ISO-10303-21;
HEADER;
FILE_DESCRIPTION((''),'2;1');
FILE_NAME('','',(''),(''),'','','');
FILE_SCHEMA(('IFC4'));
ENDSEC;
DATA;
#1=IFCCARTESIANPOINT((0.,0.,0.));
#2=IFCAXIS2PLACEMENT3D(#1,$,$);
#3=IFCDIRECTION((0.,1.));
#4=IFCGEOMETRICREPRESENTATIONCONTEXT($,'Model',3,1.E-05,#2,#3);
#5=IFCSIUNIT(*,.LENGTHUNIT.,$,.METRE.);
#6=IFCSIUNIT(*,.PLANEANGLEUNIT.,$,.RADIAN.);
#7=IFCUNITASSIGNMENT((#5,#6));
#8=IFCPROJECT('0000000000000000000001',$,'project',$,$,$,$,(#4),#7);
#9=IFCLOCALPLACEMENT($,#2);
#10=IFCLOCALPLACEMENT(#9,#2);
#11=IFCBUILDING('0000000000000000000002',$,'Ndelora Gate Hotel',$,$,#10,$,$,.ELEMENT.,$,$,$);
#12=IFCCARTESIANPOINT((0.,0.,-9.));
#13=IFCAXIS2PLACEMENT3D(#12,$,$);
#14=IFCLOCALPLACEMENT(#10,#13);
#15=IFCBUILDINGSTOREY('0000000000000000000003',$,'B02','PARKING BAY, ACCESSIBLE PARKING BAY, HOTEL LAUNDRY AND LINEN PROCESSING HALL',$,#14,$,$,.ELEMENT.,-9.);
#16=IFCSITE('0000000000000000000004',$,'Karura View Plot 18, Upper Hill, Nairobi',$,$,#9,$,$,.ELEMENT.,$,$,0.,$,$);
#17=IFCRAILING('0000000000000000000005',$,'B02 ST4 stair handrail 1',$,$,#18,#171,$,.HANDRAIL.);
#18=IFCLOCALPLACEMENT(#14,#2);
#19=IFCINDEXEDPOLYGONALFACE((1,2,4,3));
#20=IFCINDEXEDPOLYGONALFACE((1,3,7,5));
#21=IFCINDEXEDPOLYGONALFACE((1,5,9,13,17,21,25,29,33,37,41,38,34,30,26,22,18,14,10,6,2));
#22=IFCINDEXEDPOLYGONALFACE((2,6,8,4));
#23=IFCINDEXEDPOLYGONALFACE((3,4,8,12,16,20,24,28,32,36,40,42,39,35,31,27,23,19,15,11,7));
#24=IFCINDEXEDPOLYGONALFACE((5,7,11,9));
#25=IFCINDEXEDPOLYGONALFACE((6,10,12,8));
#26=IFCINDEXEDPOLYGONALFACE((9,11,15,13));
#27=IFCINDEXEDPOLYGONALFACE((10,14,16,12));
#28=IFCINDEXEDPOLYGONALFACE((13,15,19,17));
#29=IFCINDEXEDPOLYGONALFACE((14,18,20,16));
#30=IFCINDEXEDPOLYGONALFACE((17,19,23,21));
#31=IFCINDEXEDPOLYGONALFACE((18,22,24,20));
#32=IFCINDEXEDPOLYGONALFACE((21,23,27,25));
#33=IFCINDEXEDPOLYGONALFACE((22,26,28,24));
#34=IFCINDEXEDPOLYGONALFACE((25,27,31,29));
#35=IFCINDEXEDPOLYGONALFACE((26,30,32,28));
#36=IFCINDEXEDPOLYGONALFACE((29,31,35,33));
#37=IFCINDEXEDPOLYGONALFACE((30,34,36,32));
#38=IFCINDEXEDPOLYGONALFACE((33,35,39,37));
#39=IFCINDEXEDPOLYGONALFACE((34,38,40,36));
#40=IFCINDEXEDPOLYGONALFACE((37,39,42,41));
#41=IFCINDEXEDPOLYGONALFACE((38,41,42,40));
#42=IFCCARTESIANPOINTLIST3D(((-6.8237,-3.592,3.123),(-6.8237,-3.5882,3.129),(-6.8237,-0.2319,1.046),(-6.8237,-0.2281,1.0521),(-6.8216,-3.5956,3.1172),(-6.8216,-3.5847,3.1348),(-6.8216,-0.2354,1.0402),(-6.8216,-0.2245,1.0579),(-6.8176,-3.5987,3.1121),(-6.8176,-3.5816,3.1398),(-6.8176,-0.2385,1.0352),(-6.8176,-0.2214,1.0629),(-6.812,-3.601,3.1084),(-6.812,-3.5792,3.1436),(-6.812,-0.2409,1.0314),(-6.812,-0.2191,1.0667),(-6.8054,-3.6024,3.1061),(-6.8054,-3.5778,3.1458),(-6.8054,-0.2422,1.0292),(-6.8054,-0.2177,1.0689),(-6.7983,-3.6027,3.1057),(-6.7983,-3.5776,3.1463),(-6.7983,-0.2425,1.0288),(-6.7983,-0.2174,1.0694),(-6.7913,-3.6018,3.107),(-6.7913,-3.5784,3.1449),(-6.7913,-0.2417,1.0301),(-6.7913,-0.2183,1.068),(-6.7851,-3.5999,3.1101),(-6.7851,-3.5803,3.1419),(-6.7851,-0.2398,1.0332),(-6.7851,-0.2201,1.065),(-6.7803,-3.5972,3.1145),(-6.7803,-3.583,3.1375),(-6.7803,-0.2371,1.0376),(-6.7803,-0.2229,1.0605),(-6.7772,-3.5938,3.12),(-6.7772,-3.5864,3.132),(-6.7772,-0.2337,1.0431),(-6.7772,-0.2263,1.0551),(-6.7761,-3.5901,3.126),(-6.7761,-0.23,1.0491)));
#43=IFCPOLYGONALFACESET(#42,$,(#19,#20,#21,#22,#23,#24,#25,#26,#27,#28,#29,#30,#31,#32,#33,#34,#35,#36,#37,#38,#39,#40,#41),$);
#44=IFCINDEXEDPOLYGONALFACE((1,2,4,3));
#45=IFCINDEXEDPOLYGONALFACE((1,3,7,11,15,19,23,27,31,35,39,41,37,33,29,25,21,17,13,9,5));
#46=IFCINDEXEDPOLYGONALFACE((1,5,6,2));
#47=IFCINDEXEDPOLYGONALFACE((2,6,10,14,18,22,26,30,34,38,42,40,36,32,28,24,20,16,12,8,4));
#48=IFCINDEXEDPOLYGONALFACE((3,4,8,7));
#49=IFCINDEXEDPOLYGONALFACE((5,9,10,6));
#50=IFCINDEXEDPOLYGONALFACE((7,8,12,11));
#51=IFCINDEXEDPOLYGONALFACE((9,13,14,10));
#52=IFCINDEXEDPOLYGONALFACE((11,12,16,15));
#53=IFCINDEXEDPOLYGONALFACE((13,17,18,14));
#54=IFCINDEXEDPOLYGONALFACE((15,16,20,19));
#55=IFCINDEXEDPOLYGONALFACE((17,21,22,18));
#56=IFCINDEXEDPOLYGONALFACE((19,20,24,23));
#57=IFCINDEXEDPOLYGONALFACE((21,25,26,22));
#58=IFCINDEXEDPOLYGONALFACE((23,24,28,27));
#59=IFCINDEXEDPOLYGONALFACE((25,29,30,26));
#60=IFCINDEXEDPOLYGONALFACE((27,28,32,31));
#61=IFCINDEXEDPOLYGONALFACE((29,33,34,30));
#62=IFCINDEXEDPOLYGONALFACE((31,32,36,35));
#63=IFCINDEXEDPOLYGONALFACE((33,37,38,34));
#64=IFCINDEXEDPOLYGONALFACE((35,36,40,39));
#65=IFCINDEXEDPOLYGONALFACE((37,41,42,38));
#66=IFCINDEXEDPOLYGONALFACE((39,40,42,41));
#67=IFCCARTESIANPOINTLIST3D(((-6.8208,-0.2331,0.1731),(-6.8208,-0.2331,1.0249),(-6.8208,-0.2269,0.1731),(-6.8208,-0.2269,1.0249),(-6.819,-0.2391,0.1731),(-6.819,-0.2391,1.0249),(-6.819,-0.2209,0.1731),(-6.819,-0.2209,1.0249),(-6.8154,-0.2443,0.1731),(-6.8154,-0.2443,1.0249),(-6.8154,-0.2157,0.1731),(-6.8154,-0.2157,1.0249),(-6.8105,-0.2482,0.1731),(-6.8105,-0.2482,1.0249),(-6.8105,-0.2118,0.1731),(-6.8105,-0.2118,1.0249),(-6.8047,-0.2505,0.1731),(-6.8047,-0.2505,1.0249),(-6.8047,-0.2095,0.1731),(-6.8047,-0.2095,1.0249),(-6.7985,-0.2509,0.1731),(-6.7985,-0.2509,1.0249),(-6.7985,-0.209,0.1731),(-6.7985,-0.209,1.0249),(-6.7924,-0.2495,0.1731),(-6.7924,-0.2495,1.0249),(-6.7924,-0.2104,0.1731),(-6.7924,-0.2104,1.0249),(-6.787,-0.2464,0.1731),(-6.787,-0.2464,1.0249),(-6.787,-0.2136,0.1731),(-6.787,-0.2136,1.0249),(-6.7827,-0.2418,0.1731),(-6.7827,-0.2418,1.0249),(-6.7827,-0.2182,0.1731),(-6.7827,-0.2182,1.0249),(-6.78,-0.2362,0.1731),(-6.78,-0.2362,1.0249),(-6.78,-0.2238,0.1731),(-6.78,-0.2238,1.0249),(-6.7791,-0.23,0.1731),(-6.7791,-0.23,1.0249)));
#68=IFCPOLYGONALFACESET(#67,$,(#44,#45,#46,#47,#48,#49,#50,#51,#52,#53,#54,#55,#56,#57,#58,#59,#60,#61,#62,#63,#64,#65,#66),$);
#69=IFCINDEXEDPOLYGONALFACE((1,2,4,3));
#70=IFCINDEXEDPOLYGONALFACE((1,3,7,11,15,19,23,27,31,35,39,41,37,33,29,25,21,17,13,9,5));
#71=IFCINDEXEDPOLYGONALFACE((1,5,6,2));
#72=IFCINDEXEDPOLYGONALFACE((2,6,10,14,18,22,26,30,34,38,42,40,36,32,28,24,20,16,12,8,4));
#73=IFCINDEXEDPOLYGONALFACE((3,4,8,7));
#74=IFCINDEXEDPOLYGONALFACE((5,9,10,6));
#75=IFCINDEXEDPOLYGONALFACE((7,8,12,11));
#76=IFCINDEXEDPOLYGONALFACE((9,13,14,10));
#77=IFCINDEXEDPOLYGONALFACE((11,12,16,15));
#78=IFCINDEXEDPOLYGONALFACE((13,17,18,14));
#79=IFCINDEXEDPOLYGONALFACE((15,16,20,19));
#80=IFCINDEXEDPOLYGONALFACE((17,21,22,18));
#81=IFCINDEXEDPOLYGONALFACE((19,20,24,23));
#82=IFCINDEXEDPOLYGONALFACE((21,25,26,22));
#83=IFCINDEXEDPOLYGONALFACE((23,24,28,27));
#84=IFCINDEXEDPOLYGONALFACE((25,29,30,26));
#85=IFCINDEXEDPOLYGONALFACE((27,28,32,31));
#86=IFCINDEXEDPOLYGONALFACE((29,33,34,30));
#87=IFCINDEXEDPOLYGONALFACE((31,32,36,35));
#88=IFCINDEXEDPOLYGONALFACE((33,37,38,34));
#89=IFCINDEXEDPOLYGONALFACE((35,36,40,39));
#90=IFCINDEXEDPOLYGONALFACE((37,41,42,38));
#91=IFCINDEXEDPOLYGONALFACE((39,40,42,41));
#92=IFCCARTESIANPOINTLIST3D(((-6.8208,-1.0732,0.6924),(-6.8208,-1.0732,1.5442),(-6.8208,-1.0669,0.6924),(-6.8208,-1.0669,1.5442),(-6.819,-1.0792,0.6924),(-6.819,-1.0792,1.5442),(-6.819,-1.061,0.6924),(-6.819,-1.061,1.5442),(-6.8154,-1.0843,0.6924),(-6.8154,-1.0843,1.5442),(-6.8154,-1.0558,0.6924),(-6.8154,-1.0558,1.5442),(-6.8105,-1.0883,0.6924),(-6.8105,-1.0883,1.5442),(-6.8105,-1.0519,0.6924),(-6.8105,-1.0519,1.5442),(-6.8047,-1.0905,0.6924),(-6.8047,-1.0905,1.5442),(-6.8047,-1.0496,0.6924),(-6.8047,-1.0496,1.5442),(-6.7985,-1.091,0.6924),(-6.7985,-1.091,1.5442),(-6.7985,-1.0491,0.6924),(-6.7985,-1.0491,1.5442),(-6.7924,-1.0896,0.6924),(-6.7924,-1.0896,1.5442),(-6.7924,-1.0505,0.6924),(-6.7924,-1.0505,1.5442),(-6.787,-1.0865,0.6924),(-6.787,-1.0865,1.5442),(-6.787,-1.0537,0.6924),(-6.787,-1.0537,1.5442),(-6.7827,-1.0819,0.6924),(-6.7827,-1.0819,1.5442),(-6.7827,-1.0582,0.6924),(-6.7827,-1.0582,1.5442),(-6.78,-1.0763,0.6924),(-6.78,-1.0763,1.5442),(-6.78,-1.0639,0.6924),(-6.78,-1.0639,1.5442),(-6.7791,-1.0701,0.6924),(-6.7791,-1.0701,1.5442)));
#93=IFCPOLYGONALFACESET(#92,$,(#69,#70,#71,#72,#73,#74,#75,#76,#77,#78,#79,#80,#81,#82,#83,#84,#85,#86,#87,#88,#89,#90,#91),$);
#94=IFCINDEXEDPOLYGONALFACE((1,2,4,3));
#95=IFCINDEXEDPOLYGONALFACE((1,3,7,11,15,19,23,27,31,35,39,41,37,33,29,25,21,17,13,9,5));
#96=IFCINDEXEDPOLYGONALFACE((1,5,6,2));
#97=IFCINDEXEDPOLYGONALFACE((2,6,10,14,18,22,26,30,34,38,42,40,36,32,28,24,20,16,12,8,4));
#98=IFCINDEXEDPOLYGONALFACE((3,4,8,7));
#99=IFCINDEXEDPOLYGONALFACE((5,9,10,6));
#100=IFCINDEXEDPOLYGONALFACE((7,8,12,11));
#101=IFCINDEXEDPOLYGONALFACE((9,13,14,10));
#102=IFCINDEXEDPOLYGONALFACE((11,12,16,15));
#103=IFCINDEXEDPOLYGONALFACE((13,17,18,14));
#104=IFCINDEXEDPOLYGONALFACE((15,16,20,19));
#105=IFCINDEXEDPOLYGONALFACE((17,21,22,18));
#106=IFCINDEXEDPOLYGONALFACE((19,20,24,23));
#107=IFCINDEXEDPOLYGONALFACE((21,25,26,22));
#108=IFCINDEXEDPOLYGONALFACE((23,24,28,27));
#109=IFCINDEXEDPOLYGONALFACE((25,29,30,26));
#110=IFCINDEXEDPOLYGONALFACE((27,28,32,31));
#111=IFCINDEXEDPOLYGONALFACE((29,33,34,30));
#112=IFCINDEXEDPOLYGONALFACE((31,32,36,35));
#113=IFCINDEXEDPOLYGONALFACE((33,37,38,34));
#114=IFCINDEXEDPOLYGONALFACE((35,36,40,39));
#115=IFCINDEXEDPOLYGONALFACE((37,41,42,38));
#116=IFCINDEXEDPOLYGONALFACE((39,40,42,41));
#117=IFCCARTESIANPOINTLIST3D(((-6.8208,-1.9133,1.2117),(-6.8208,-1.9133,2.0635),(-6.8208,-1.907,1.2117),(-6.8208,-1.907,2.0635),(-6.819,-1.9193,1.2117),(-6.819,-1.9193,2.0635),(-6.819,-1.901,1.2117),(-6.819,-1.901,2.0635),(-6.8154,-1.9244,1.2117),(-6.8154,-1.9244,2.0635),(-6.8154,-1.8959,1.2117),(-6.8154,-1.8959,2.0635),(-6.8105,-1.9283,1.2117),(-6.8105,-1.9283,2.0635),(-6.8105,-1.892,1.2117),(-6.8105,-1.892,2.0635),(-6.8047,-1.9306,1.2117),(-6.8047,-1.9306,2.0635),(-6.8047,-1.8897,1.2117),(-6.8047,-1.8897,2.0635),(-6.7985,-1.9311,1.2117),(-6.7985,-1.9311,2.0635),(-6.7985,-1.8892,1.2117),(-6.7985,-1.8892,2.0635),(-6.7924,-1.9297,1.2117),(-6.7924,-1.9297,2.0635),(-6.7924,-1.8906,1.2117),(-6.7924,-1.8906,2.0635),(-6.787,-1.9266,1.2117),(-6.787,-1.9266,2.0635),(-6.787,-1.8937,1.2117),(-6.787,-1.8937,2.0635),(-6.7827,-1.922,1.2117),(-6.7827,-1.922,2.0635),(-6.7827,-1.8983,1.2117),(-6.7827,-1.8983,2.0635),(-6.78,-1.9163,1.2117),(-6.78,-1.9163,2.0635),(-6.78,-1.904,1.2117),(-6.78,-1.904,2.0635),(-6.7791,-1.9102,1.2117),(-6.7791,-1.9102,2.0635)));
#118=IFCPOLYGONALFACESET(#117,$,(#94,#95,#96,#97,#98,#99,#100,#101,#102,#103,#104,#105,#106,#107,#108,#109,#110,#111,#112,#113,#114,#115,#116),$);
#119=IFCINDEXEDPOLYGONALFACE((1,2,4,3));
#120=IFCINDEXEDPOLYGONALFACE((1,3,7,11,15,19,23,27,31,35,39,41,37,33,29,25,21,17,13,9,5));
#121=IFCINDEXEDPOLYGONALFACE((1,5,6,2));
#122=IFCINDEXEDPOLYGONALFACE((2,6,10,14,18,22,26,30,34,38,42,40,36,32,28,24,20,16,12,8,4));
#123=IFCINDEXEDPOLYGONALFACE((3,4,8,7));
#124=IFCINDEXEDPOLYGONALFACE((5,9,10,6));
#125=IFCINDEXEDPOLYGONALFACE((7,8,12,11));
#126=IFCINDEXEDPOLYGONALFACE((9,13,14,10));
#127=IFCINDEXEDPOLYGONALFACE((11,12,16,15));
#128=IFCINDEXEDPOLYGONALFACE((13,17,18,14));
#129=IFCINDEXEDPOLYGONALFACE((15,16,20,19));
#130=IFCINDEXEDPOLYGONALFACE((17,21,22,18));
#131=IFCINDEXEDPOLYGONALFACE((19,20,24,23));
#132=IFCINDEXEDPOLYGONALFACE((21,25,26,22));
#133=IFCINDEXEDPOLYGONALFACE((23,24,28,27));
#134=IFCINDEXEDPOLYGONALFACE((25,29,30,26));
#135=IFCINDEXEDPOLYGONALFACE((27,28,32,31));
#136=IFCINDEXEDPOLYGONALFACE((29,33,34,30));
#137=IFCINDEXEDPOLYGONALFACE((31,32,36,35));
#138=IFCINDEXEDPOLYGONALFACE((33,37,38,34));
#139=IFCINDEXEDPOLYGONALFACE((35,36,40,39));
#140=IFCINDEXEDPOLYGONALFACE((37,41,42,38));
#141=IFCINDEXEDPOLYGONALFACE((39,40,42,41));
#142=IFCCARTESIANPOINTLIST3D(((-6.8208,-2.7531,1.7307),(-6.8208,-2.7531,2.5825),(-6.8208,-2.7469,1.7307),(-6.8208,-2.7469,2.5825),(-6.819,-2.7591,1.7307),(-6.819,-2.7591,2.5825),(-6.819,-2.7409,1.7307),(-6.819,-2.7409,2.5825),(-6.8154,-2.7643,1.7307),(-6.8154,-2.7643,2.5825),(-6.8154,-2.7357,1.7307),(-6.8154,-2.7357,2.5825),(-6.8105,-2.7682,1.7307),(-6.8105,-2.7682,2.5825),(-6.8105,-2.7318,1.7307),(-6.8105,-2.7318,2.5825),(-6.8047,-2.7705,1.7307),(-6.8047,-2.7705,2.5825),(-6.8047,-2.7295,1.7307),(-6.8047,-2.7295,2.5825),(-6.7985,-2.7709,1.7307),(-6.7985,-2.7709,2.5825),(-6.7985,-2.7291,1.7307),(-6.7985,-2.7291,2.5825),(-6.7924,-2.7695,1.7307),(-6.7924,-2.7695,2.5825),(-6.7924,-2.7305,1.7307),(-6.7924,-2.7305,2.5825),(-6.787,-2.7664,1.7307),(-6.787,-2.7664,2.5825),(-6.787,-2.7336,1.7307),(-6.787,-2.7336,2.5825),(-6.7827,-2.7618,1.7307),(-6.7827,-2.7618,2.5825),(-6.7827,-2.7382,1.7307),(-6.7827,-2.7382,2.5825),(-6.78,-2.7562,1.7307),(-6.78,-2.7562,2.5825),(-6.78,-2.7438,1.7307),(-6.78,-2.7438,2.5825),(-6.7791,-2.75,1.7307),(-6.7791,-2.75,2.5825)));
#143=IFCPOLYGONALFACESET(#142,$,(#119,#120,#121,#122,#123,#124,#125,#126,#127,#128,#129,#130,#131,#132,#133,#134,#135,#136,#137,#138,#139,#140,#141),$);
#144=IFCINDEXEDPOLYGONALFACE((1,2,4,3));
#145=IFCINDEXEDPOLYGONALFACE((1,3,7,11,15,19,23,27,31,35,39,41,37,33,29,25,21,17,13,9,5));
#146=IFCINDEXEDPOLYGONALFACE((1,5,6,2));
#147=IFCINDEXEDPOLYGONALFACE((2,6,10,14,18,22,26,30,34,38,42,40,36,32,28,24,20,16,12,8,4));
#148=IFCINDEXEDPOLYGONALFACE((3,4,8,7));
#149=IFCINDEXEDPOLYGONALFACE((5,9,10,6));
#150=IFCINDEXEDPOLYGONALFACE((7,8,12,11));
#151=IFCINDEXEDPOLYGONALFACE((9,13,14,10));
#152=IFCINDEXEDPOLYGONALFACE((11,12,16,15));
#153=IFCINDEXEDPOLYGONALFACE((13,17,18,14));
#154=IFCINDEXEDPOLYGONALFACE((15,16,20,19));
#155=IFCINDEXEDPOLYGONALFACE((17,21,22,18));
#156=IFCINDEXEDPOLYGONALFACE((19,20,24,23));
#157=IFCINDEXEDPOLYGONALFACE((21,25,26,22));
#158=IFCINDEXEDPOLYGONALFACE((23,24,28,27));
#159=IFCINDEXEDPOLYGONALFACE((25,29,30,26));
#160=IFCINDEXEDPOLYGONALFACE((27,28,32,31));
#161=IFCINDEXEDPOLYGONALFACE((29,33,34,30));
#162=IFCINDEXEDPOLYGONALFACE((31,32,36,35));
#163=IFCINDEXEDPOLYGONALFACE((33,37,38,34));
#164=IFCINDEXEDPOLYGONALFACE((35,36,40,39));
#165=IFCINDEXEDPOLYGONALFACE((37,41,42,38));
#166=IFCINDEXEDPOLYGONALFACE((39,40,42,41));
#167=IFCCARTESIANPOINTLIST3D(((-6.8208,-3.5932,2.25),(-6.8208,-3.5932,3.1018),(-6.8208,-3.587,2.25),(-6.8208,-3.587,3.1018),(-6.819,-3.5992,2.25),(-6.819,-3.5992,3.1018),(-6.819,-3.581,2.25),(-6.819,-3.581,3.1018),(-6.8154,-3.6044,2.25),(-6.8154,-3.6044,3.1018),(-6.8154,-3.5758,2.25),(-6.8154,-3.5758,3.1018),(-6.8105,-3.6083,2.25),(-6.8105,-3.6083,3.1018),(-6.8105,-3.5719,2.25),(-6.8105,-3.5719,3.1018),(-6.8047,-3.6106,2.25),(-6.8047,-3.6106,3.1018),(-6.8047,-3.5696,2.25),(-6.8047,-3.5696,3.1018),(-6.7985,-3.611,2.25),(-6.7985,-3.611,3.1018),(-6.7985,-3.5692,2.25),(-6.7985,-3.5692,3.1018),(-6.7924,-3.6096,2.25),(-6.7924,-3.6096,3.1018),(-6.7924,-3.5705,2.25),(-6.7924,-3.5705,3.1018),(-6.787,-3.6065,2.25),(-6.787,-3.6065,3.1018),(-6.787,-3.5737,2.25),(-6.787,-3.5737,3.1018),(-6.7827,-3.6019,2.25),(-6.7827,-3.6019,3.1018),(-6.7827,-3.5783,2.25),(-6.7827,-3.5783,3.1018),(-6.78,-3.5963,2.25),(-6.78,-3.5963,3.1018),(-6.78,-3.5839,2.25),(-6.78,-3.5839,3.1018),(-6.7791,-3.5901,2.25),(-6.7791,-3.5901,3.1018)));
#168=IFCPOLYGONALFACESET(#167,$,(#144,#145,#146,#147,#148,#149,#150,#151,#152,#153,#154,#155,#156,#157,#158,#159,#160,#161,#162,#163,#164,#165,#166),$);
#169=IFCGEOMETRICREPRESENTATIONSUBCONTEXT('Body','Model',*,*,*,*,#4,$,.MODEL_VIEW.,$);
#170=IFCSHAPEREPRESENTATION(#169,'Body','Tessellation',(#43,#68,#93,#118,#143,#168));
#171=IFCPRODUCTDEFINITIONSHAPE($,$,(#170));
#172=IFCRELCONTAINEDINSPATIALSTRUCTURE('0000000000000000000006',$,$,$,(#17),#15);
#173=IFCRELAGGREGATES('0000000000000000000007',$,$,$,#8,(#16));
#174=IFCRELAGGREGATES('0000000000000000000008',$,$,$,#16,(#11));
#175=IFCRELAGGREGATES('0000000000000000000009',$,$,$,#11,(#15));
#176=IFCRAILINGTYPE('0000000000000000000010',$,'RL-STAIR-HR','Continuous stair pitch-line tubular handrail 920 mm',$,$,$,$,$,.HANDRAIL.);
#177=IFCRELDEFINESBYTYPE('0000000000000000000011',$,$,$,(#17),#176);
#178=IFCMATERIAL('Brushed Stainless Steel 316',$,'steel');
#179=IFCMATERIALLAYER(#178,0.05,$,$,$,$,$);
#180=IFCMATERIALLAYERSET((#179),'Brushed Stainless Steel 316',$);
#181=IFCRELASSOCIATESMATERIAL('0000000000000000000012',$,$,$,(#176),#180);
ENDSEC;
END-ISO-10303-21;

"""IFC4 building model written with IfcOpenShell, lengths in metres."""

from ifc_helpers import new_model, si_unit, direction, frame, origin, origin_2d, place, context, subcontext, project, spatial, circle, extrude, material, layer, layer_set, type_object, element, save


model = new_model("IFC4")

# Units and contexts
model_context = context("Model", 3, precision=1e-05, world=origin(), true_north=direction((0.0, 1.0)))
body_context = subcontext(model_context, "Body", "Model", "MODEL_VIEW")
ifc_project = project(units=[si_unit("LENGTHUNIT", "METRE"), si_unit("PLANEANGLEUNIT", "RADIAN")], contexts=[model_context])

# Site, building, storey
site_placement = place(None, origin())
site = spatial("IfcSite", under=ifc_project, at=site_placement, Name="Karura View Plot 18, Upper Hill, Nairobi", CompositionType="ELEMENT", RefElevation=0.0)
building_placement = place(site_placement, origin())
building = spatial("IfcBuilding", under=site, at=building_placement, Name="Ndelora Gate Hotel", CompositionType="ELEMENT")
storey_placement = place(building_placement, frame((0.0, 0.0, -9.0)))
storey = spatial("IfcBuildingStorey", under=building, at=storey_placement, Name="B02", Description="PARKING BAY, ACCESSIBLE PARKING BAY, HOTEL LAUNDRY AND LINEN PROCESSING HALL", CompositionType="ELEMENT", Elevation=-9.0)

# Railing
ifc_material_1 = material(Name="Brushed Stainless Steel 316", Category="steel")
ifc_layer_1 = layer(ifc_material_1, 0.05)
ifc_layer_set_1 = layer_set([ifc_layer_1], Name="Brushed Stainless Steel 316")
railing_type_1 = type_object("IfcRailingType", Name="RL-STAIR-HR", Description="Continuous stair pitch-line tubular handrail 920 mm", PredefinedType="HANDRAIL", material=ifc_layer_set_1)
railing_1_placement = place(storey_placement, frame((-6.8, -0.23, 0.1731)))
element("IfcRailing", 1, at=railing_1_placement, inside=storey, type_object=railing_type_1, Name="B02 ST4 stair handrail 1", PredefinedType="HANDRAIL", context=body_context, shape_type="SweptSolid", body=[
    extrude(circle(Radius=0.0239, at=origin_2d()), frame((0.0, 0.0, 0.876), z_axis=(0.0, -0.850623, 0.525776), x_axis=(1.0, 0.0, 0.0)), (0.0, 0.0, 1.0), 3.9502),
    extrude(circle(Radius=0.021, at=origin_2d()), origin(), (0.0, 0.0, 1.0), 0.8518),
    extrude(circle(Radius=0.021, at=origin_2d()), frame((0.0, -0.8401, 0.5193)), (0.0, 0.0, 1.0), 0.8518),
    extrude(circle(Radius=0.021, at=origin_2d()), frame((0.0, -1.6802, 1.0386)), (0.0, 0.0, 1.0), 0.8518),
    extrude(circle(Radius=0.021, at=origin_2d()), frame((0.0, -2.52, 1.5576)), (0.0, 0.0, 1.0), 0.8518),
    extrude(circle(Radius=0.021, at=origin_2d()), frame((0.0, -3.3601, 2.0769)), (0.0, 0.0, 1.0), 0.8518),
])

save(model, "model.ifc")
